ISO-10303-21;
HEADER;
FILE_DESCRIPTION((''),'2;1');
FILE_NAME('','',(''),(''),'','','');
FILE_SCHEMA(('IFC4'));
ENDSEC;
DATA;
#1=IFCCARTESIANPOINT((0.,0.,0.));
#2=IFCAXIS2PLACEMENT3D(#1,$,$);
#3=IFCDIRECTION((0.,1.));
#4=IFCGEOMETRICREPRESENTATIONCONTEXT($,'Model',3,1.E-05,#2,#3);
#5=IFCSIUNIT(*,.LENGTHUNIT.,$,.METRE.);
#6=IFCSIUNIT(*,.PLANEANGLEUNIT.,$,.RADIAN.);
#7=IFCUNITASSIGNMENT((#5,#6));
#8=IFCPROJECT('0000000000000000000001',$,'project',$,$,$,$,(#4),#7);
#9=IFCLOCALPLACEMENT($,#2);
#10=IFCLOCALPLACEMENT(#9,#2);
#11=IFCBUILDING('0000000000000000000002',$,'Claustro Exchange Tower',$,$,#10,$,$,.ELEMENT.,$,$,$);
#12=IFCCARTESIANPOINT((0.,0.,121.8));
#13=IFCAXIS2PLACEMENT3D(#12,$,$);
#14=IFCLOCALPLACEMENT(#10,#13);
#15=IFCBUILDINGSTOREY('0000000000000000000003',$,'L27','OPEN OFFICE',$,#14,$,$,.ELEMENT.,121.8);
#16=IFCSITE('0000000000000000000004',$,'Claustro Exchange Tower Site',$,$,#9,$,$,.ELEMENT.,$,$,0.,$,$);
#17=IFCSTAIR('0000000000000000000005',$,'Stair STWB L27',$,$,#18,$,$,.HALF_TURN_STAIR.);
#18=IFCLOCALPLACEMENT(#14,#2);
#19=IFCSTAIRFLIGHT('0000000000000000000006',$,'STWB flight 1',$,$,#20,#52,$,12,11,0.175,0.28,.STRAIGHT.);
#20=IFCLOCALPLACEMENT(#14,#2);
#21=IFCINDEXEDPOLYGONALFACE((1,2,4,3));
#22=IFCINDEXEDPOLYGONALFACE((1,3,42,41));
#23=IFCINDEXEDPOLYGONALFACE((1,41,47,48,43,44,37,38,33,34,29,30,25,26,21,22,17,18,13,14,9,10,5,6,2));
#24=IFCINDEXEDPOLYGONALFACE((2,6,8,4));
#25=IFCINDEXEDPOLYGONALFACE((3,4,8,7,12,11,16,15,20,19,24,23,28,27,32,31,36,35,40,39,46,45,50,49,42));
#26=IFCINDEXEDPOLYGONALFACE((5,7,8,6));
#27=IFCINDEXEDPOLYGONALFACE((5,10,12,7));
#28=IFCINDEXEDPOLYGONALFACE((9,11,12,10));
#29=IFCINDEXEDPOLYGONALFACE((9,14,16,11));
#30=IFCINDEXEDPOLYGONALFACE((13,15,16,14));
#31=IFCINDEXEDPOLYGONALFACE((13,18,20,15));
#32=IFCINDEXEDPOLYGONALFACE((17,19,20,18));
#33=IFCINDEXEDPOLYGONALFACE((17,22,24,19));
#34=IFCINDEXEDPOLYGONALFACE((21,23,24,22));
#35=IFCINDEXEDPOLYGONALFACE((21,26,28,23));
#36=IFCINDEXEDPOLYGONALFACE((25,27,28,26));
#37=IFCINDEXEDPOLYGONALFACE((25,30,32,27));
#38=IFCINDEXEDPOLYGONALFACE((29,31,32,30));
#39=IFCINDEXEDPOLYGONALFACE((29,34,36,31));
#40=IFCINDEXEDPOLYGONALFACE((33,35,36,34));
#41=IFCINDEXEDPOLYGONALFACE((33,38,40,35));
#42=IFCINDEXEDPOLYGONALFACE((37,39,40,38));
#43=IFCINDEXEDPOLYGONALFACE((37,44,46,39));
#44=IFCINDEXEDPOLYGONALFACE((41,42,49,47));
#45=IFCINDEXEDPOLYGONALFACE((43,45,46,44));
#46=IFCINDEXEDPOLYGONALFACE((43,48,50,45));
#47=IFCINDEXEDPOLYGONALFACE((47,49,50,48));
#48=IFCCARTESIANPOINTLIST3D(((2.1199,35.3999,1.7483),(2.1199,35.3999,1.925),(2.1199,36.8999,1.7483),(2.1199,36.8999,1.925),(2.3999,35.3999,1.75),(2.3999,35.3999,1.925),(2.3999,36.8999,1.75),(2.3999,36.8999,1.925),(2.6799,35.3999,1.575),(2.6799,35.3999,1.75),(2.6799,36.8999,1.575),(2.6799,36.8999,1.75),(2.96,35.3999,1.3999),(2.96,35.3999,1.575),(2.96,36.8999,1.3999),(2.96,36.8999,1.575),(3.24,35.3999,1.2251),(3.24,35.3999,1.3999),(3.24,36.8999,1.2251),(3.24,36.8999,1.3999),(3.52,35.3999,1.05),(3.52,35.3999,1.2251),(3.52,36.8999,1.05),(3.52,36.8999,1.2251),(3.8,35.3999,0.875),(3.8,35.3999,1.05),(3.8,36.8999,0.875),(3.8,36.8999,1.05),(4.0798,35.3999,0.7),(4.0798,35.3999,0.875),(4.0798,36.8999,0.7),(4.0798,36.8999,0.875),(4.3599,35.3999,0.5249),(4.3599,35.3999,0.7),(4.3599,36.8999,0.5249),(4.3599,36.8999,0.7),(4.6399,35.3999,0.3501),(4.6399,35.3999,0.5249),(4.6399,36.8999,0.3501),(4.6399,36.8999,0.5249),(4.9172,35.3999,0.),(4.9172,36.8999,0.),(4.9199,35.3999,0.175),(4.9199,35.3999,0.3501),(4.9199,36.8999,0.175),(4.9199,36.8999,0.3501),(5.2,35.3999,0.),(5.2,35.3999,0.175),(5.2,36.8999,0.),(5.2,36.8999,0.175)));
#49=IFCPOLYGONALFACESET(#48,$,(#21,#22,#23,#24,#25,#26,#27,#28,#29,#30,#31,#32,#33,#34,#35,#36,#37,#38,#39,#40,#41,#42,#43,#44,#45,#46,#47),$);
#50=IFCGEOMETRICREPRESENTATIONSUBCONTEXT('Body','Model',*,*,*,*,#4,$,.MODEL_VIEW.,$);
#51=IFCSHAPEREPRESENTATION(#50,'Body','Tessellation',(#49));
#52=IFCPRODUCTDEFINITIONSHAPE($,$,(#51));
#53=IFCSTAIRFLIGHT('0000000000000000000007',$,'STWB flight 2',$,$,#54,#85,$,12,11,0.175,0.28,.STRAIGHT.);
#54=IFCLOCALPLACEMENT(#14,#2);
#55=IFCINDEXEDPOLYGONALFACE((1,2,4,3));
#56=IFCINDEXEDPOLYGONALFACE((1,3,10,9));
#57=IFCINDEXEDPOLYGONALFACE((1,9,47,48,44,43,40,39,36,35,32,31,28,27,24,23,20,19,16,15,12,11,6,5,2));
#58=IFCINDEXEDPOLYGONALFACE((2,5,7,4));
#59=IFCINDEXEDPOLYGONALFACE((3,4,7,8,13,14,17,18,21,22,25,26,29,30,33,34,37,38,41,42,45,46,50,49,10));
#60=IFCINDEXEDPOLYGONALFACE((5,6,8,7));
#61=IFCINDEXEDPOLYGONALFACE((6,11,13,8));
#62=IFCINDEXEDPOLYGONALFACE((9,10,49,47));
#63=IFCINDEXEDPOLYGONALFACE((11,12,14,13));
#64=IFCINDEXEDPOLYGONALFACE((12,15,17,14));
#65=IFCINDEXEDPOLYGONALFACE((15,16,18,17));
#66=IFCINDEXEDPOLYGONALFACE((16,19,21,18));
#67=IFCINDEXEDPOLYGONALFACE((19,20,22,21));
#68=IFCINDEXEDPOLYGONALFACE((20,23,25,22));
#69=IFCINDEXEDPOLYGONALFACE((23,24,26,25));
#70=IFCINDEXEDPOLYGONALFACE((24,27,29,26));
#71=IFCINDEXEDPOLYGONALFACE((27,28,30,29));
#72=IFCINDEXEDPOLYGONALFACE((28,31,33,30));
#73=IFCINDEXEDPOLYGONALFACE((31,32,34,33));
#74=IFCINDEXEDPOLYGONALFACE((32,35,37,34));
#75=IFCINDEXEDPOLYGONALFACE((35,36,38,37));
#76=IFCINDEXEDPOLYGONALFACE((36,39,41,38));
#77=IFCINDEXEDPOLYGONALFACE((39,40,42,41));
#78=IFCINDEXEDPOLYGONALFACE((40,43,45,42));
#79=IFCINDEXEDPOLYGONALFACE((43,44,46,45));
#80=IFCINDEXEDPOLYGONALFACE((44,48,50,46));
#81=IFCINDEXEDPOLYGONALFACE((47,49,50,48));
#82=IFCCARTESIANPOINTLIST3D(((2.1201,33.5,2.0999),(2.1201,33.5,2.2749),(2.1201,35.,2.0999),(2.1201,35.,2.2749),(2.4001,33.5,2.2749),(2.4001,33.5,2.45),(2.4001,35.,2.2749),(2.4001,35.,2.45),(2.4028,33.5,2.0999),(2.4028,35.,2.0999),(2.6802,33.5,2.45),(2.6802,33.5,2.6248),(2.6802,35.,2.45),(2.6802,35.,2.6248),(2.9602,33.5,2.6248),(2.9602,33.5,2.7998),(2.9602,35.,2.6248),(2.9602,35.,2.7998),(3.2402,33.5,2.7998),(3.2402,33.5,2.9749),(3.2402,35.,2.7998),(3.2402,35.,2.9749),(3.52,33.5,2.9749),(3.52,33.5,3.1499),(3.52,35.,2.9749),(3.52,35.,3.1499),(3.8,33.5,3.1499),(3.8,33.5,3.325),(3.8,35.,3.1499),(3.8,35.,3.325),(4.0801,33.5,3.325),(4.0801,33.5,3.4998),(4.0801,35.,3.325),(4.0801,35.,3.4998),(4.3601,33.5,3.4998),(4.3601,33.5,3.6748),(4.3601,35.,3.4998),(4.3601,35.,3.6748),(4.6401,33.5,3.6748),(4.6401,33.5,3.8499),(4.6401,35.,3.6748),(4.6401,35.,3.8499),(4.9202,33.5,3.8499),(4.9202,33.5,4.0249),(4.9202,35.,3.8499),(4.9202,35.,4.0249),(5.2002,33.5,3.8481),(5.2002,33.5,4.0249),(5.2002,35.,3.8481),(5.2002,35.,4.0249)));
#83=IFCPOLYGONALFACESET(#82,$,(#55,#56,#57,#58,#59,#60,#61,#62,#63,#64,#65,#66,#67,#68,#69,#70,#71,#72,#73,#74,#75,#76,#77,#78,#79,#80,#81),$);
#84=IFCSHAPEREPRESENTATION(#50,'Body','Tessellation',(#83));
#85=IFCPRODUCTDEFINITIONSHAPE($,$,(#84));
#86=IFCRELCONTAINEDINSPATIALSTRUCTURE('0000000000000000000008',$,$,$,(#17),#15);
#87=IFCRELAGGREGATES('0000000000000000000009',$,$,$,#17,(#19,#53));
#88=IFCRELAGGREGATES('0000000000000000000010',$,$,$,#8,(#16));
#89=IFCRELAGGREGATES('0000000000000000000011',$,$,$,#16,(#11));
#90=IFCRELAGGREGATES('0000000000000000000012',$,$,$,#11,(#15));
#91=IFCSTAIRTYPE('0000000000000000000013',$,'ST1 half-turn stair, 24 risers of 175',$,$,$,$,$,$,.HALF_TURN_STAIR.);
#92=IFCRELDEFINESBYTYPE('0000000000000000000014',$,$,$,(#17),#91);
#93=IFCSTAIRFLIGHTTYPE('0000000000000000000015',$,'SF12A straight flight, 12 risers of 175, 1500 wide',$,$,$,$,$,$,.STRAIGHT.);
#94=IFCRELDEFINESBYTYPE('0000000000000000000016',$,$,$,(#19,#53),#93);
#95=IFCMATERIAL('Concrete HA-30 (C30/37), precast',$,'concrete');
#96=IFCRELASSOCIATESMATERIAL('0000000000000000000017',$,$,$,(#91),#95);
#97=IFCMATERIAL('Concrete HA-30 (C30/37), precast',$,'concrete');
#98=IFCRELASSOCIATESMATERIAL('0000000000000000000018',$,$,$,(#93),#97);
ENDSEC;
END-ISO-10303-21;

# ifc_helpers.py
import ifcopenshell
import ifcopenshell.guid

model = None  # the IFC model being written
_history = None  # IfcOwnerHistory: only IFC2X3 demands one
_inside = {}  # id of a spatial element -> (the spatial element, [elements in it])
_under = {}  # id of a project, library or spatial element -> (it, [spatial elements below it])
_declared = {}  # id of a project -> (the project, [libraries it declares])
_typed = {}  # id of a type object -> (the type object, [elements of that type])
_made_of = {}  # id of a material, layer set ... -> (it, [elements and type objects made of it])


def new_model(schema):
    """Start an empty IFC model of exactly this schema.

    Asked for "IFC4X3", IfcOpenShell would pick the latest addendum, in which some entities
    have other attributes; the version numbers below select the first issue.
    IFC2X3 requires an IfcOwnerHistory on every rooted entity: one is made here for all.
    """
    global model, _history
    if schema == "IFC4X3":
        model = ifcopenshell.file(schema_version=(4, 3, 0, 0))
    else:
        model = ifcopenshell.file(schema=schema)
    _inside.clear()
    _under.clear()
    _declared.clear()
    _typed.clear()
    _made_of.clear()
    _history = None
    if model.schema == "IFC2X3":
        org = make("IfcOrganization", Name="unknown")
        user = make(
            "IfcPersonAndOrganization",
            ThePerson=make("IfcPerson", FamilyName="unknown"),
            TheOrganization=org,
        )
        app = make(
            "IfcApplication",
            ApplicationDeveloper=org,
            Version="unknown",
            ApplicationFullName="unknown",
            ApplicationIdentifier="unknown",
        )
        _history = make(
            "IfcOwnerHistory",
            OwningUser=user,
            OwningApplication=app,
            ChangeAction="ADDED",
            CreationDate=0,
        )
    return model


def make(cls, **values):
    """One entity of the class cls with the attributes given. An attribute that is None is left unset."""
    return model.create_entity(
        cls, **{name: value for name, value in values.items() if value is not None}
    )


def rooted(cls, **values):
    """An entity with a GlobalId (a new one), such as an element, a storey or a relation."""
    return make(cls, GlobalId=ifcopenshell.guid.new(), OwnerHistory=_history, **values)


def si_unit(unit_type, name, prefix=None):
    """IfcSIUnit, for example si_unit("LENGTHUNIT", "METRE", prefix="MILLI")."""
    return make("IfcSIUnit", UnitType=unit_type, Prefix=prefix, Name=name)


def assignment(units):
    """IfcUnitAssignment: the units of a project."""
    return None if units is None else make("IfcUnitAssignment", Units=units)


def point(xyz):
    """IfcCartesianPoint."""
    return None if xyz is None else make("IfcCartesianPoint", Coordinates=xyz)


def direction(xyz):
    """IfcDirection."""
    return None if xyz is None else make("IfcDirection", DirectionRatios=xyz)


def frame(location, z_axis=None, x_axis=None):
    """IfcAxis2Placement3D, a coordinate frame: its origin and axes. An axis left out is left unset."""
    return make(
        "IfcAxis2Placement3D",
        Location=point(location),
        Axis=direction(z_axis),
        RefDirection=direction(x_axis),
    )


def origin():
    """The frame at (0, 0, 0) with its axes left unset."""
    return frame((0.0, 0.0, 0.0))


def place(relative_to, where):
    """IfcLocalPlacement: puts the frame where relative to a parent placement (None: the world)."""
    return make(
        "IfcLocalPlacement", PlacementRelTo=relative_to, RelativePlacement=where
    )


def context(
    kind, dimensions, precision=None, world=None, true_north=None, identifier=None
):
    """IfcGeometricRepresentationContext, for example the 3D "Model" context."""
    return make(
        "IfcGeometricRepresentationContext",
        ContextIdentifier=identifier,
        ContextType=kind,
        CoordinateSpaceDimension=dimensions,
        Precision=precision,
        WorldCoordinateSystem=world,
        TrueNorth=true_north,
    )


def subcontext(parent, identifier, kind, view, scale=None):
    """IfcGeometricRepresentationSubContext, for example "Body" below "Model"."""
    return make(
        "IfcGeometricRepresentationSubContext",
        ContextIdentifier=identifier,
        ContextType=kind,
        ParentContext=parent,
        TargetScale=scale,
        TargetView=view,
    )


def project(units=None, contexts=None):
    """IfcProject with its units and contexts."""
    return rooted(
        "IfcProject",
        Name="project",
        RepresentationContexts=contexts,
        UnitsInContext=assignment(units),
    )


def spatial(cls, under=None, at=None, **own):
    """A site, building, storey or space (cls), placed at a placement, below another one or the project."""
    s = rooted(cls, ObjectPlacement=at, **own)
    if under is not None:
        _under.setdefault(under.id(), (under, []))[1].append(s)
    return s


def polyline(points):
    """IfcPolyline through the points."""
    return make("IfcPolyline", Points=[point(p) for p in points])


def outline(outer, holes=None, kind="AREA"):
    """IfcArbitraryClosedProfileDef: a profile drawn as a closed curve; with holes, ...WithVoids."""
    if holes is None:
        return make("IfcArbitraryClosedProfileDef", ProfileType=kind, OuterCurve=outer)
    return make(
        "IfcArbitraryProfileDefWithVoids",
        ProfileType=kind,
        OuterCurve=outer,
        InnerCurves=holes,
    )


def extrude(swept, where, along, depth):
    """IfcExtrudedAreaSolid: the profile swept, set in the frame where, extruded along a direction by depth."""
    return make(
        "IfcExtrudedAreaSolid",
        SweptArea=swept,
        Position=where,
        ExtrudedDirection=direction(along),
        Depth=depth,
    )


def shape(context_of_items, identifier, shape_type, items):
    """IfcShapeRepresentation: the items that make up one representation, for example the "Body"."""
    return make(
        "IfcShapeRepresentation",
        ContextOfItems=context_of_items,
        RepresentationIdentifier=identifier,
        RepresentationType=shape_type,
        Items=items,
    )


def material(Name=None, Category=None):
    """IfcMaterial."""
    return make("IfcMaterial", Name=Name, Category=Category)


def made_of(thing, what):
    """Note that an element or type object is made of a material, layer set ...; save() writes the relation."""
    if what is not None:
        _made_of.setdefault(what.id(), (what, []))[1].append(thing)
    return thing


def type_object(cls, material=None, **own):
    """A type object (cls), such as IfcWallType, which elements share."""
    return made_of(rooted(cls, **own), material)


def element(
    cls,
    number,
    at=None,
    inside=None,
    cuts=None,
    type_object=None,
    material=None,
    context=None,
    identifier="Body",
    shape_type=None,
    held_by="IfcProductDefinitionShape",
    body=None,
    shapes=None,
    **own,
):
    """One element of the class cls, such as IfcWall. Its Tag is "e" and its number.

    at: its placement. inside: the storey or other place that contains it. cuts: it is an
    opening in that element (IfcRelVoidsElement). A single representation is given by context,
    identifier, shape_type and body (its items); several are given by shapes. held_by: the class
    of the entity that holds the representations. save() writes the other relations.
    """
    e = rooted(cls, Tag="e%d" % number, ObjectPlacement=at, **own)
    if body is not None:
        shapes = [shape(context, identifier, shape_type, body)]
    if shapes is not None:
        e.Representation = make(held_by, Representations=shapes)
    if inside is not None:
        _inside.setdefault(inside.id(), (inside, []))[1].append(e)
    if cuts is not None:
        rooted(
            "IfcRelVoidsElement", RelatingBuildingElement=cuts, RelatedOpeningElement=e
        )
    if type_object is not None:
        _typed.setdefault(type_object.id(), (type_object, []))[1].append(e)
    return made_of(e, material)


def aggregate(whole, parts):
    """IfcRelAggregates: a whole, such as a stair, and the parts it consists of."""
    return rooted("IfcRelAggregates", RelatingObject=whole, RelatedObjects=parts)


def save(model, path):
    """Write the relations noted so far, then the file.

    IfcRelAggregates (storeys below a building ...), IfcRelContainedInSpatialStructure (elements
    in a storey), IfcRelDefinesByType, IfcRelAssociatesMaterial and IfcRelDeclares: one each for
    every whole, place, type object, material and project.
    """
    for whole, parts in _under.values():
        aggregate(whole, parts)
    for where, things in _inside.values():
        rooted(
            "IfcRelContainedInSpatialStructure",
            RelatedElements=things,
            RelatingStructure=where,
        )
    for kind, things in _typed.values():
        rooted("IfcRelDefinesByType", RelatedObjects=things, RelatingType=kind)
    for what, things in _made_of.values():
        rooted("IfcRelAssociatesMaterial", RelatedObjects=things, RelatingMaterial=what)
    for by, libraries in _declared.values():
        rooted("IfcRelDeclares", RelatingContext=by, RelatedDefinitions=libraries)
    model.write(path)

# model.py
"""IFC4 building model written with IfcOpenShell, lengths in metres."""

from ifc_helpers import new_model, si_unit, direction, frame, origin, place, context, subcontext, project, spatial, polyline, outline, extrude, material, type_object, element, aggregate, save


model = new_model("IFC4")

# Units and contexts
model_context = context("Model", 3, precision=1e-05, world=origin(), true_north=direction((0.0, 1.0)))
body_context = subcontext(model_context, "Body", "Model", "MODEL_VIEW")
ifc_project = project(units=[si_unit("LENGTHUNIT", "METRE"), si_unit("PLANEANGLEUNIT", "RADIAN")], contexts=[model_context])

# Site, building, storey
site_placement = place(None, origin())
site = spatial("IfcSite", under=ifc_project, at=site_placement, Name="Claustro Exchange Tower Site", CompositionType="ELEMENT", RefElevation=0.0)
building_placement = place(site_placement, origin())
building = spatial("IfcBuilding", under=site, at=building_placement, Name="Claustro Exchange Tower", CompositionType="ELEMENT")
storey_placement = place(building_placement, frame((0.0, 0.0, 121.8)))
storey = spatial("IfcBuildingStorey", under=building, at=storey_placement, Name="L27", Description="OPEN OFFICE", CompositionType="ELEMENT", Elevation=121.8)

# Stair, stair flights
ifc_material_1 = material(Name="Concrete HA-30 (C30/37), precast", Category="concrete")
stair_type = type_object("IfcStairType", Name="ST1 half-turn stair, 24 risers of 175", PredefinedType="HALF_TURN_STAIR", material=ifc_material_1)
stair_placement = place(storey_placement, origin())
stair = element("IfcStair", 1, at=stair_placement, inside=storey, type_object=stair_type, Name="Stair STWB L27", PredefinedType="HALF_TURN_STAIR")
ifc_material_2 = material(Name="Concrete HA-30 (C30/37), precast", Category="concrete")
stair_flight_type = type_object("IfcStairFlightType", Name="SF12A straight flight, 12 risers of 175, 1500 wide", PredefinedType="STRAIGHT", material=ifc_material_2)
stair_flight_1_placement = place(storey_placement, frame((5.2, 36.1499, 0.0), z_axis=(0.0, 0.0, 1.0), x_axis=(-1.0, 0.0, 0.0)))
stair_flight_1 = element("IfcStairFlight", 2, at=stair_flight_1_placement, type_object=stair_flight_type, Name="STWB flight 1", NumberOfRisers=12, NumberOfTreads=11, PredefinedType="STRAIGHT", RiserHeight=0.175, TreadLength=0.28, context=body_context, shape_type="SweptSolid", body=[
    extrude(outline(polyline([(0.0, 0.0), (0.0, 0.175), (0.28, 0.175), (0.28, 0.3501), (0.5601, 0.3501), (0.5601, 0.5249), (0.8401, 0.5249), (0.8401, 0.7), (1.1201, 0.7), (1.1201, 0.875), (1.3999, 0.875), (1.3999, 1.05), (1.6799, 1.05), (1.6799, 1.2251), (1.96, 1.2251), (1.96, 1.3999), (2.24, 1.3999), (2.24, 1.575), (2.52, 1.575), (2.52, 1.75), (2.8, 1.75), (2.8, 1.925), (3.0801, 1.925), (3.0801, 2.1001), (3.0801, 1.7483), (0.2827, 0.0), (0.0, 0.0)])), frame((0.0, 0.75, 0.0), z_axis=(0.0, -1.0, 0.0), x_axis=(1.0, 0.0, 0.0)), (0.0, 0.0, 1.0), 1.5),
])
stair_flight_2_placement = place(storey_placement, frame((2.1201, 34.25, 2.0999), z_axis=(0.0, 0.0, 1.0), x_axis=(1.0, 0.0, 0.0)))
stair_flight_2 = element("IfcStairFlight", 3, at=stair_flight_2_placement, type_object=stair_flight_type, Name="STWB flight 2", NumberOfRisers=12, NumberOfTreads=11, PredefinedType="STRAIGHT", RiserHeight=0.175, TreadLength=0.28, context=body_context, shape_type="SweptSolid", body=[
    extrude(outline(polyline([(0.0, 0.0), (0.0, 0.175), (0.28, 0.175), (0.28, 0.3501), (0.5601, 0.3501), (0.5601, 0.5249), (0.8401, 0.5249), (0.8401, 0.7), (1.1201, 0.7), (1.1201, 0.875), (1.3999, 0.875), (1.3999, 1.05), (1.6799, 1.05), (1.6799, 1.2251), (1.96, 1.2251), (1.96, 1.3999), (2.24, 1.3999), (2.24, 1.575), (2.52, 1.575), (2.52, 1.75), (2.8, 1.75), (2.8, 1.925), (3.0801, 1.925), (3.0801, 2.1001), (3.0801, 1.7483), (0.2827, 0.0), (0.0, 0.0)])), frame((0.0, 0.75, 0.0), z_axis=(0.0, -1.0, 0.0), x_axis=(1.0, 0.0, 0.0)), (0.0, 0.0, 1.0), 1.5),
])
aggregate(stair, [stair_flight_1, stair_flight_2])

save(model, "model.ifc")
